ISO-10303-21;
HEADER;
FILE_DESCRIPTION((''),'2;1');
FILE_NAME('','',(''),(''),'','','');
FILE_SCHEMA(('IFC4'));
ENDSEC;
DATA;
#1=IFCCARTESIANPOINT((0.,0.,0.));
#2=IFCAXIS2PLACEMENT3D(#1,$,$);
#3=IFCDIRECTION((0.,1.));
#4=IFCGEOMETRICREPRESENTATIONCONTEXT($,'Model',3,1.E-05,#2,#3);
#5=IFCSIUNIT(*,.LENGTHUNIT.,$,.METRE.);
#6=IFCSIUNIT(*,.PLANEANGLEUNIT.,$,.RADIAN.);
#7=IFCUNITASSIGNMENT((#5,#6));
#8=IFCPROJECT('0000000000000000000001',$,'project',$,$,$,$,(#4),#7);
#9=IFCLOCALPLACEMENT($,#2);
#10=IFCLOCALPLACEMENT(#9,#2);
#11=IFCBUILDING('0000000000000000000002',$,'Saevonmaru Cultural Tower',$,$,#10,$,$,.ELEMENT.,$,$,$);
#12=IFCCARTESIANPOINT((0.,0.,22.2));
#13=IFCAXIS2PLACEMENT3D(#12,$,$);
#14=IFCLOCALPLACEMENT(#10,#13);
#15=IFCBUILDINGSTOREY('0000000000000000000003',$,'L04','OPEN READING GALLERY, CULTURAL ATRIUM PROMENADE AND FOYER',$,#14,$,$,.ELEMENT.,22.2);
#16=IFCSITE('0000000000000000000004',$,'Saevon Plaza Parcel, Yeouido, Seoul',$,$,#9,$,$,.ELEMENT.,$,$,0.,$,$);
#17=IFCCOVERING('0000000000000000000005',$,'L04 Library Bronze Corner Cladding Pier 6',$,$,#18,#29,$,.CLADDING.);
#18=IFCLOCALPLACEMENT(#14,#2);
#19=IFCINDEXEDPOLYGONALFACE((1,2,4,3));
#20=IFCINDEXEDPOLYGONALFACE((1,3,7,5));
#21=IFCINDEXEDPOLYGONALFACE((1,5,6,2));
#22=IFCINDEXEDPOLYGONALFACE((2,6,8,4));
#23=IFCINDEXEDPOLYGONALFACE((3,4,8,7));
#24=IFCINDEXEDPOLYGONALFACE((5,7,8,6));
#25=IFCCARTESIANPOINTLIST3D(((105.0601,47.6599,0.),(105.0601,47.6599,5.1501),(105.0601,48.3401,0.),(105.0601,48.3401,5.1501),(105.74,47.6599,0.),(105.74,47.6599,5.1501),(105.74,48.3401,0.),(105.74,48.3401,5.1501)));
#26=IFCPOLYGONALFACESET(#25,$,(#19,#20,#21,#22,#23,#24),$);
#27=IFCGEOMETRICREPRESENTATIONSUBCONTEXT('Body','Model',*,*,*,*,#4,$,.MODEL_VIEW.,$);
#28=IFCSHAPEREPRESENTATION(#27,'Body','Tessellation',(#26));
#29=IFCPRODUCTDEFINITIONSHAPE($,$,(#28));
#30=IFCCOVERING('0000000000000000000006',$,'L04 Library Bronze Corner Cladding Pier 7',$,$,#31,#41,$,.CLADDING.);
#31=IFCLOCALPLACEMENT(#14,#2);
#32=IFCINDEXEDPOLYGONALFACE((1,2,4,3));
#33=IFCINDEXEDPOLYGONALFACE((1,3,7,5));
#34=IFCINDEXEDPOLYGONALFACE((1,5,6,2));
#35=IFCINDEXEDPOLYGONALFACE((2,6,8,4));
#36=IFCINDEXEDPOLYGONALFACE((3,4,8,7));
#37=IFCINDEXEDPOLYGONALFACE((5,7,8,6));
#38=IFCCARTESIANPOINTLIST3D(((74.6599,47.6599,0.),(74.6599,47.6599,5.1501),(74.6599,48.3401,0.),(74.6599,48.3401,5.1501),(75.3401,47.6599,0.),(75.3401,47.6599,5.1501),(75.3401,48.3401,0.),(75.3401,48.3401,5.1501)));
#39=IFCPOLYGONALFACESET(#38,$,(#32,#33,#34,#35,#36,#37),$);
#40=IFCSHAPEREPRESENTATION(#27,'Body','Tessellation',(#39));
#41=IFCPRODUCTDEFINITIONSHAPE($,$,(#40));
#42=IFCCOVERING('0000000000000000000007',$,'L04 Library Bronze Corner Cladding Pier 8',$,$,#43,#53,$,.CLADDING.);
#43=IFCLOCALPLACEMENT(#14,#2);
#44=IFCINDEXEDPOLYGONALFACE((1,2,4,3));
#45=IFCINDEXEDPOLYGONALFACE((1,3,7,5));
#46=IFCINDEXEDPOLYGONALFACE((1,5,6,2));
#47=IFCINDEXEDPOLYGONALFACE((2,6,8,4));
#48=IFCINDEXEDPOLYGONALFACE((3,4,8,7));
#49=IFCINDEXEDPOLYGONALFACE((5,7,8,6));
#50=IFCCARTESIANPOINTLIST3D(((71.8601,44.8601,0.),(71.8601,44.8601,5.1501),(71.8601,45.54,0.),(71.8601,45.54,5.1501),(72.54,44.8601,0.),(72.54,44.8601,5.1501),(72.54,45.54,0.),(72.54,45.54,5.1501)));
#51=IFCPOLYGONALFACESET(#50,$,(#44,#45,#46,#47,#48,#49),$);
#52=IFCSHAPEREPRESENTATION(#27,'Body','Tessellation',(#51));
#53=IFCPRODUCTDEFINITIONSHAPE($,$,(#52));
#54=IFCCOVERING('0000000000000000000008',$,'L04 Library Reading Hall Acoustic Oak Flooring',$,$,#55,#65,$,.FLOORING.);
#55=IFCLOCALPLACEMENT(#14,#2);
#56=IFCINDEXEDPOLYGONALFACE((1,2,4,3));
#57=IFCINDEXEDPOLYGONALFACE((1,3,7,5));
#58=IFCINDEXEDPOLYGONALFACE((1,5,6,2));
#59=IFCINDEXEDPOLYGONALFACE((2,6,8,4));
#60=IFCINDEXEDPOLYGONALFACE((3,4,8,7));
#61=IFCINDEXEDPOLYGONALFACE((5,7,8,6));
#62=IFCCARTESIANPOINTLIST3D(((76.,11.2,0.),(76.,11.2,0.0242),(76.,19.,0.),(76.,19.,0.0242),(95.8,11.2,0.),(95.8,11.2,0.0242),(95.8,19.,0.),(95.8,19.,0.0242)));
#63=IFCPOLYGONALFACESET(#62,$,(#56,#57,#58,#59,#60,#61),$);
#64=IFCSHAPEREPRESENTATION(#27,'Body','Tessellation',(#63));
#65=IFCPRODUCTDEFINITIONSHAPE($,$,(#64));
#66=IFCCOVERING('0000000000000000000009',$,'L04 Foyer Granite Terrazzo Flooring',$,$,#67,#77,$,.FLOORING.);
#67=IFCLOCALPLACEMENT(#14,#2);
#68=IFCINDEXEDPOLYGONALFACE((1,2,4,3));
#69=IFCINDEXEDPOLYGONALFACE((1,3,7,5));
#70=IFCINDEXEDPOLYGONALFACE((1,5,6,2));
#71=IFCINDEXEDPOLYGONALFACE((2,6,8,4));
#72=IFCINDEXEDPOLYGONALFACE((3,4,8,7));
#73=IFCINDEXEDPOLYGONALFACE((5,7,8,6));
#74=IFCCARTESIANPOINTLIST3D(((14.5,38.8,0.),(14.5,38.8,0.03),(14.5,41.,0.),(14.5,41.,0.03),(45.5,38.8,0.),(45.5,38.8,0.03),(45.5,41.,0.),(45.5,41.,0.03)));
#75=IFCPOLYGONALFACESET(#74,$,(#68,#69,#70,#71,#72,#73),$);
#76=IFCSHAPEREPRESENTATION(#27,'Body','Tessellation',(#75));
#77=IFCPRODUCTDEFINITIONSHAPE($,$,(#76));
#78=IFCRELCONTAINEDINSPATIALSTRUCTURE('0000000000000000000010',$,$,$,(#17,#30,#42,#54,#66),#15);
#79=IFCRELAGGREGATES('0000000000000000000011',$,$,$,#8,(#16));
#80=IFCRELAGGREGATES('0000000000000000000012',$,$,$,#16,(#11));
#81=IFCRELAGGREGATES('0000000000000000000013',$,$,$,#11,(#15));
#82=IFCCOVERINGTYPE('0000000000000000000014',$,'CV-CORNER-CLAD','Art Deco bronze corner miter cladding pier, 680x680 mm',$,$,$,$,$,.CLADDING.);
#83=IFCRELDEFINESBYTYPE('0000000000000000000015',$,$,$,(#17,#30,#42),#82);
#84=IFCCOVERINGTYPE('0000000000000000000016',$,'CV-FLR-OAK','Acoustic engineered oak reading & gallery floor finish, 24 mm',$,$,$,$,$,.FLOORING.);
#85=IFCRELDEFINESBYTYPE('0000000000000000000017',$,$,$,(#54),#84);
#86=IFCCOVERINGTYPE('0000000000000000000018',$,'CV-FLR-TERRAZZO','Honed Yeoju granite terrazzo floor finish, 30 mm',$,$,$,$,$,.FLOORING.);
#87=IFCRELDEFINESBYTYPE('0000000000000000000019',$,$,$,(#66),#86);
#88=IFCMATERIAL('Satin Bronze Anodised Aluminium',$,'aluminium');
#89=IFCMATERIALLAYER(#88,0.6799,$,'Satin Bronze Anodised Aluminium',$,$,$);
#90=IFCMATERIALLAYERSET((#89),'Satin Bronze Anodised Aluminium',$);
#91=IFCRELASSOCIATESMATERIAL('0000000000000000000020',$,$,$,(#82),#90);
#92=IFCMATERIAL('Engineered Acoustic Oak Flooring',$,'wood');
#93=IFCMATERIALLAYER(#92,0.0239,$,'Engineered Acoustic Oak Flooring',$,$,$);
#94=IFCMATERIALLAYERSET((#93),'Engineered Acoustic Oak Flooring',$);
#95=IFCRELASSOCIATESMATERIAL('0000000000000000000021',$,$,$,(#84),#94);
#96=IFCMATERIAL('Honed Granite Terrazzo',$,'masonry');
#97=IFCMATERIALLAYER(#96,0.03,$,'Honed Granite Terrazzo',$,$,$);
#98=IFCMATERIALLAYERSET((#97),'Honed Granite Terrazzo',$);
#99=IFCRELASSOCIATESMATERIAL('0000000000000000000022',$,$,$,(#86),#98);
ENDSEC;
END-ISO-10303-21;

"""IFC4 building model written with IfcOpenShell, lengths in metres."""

from ifc_helpers import new_model, si_unit, direction, frame, origin, place, context, subcontext, project, spatial, polyline, outline, extrude, material, layer, layer_set, type_object, element, save


model = new_model("IFC4")

# Units and contexts
model_context = context("Model", 3, precision=1e-05, world=origin(), true_north=direction((0.0, 1.0)))
body_context = subcontext(model_context, "Body", "Model", "MODEL_VIEW")
ifc_project = project(units=[si_unit("LENGTHUNIT", "METRE"), si_unit("PLANEANGLEUNIT", "RADIAN")], contexts=[model_context])

# Site, building, storey
site_placement = place(None, origin())
site = spatial("IfcSite", under=ifc_project, at=site_placement, Name="Saevon Plaza Parcel, Yeouido, Seoul", CompositionType="ELEMENT", RefElevation=0.0)
building_placement = place(site_placement, origin())
building = spatial("IfcBuilding", under=site, at=building_placement, Name="Saevonmaru Cultural Tower", CompositionType="ELEMENT")
storey_placement = place(building_placement, frame((0.0, 0.0, 22.2)))
storey = spatial("IfcBuildingStorey", under=building, at=storey_placement, Name="L04", Description="OPEN READING GALLERY, CULTURAL ATRIUM PROMENADE AND FOYER", CompositionType="ELEMENT", Elevation=22.2)

# Shared definitions
ifc_material_1 = material(Name="Satin Bronze Anodised Aluminium", Category="aluminium")

# Coverings
ifc_layer_1 = layer(ifc_material_1, 0.6799, Name="Satin Bronze Anodised Aluminium")
ifc_layer_set_1 = layer_set([ifc_layer_1], Name="Satin Bronze Anodised Aluminium")
covering_type_1 = type_object("IfcCoveringType", Name="CV-CORNER-CLAD", Description="Art Deco bronze corner miter cladding pier, 680x680 mm", PredefinedType="CLADDING", material=ifc_layer_set_1)
covering_1_placement = place(storey_placement, origin())
element("IfcCovering", 1, at=covering_1_placement, inside=storey, type_object=covering_type_1, Name="L04 Library Bronze Corner Cladding Pier 6", PredefinedType="CLADDING", context=body_context, shape_type="SweptSolid", body=[
    extrude(outline(polyline([(105.0601, 47.6599), (105.74, 47.6599), (105.74, 48.3401), (105.0601, 48.3401), (105.0601, 47.6599)])), origin(), (0.0, 0.0, 1.0), 5.1501),
])
covering_2_placement = place(storey_placement, origin())
element("IfcCovering", 2, at=covering_2_placement, inside=storey, type_object=covering_type_1, Name="L04 Library Bronze Corner Cladding Pier 7", PredefinedType="CLADDING", context=body_context, shape_type="SweptSolid", body=[
    extrude(outline(polyline([(74.6599, 47.6599), (75.3401, 47.6599), (75.3401, 48.3401), (74.6599, 48.3401), (74.6599, 47.6599)])), origin(), (0.0, 0.0, 1.0), 5.1501),
])
covering_3_placement = place(storey_placement, origin())
element("IfcCovering", 3, at=covering_3_placement, inside=storey, type_object=covering_type_1, Name="L04 Library Bronze Corner Cladding Pier 8", PredefinedType="CLADDING", context=body_context, shape_type="SweptSolid", body=[
    extrude(outline(polyline([(71.8601, 44.8601), (72.54, 44.8601), (72.54, 45.54), (71.8601, 45.54), (71.8601, 44.8601)])), origin(), (0.0, 0.0, 1.0), 5.1501),
])
ifc_material_2 = material(Name="Engineered Acoustic Oak Flooring", Category="wood")
ifc_layer_2 = layer(ifc_material_2, 0.0239, Name="Engineered Acoustic Oak Flooring")
ifc_layer_set_2 = layer_set([ifc_layer_2], Name="Engineered Acoustic Oak Flooring")
covering_type_2 = type_object("IfcCoveringType", Name="CV-FLR-OAK", Description="Acoustic engineered oak reading & gallery floor finish, 24 mm", PredefinedType="FLOORING", material=ifc_layer_set_2)
covering_4_placement = place(storey_placement, origin())
element("IfcCovering", 4, at=covering_4_placement, inside=storey, type_object=covering_type_2, Name="L04 Library Reading Hall Acoustic Oak Flooring", PredefinedType="FLOORING", context=body_context, shape_type="SweptSolid", body=[
    extrude(outline(polyline([(76.0, 11.2), (95.8, 11.2), (95.8, 19.0), (76.0, 19.0), (76.0, 11.2)])), origin(), (0.0, 0.0, 1.0), 0.0242),
])
ifc_material_3 = material(Name="Honed Granite Terrazzo", Category="masonry")
ifc_layer_3 = layer(ifc_material_3, 0.03, Name="Honed Granite Terrazzo")
ifc_layer_set_3 = layer_set([ifc_layer_3], Name="Honed Granite Terrazzo")
covering_type_3 = type_object("IfcCoveringType", Name="CV-FLR-TERRAZZO", Description="Honed Yeoju granite terrazzo floor finish, 30 mm", PredefinedType="FLOORING", material=ifc_layer_set_3)
covering_5_placement = place(storey_placement, origin())
element("IfcCovering", 5, at=covering_5_placement, inside=storey, type_object=covering_type_3, Name="L04 Foyer Granite Terrazzo Flooring", PredefinedType="FLOORING", context=body_context, shape_type="SweptSolid", body=[
    extrude(outline(polyline([(14.5, 38.8), (45.5, 38.8), (45.5, 41.0), (14.5, 41.0), (14.5, 38.8)])), origin(), (0.0, 0.0, 1.0), 0.03),
])

save(model, "model.ifc")
